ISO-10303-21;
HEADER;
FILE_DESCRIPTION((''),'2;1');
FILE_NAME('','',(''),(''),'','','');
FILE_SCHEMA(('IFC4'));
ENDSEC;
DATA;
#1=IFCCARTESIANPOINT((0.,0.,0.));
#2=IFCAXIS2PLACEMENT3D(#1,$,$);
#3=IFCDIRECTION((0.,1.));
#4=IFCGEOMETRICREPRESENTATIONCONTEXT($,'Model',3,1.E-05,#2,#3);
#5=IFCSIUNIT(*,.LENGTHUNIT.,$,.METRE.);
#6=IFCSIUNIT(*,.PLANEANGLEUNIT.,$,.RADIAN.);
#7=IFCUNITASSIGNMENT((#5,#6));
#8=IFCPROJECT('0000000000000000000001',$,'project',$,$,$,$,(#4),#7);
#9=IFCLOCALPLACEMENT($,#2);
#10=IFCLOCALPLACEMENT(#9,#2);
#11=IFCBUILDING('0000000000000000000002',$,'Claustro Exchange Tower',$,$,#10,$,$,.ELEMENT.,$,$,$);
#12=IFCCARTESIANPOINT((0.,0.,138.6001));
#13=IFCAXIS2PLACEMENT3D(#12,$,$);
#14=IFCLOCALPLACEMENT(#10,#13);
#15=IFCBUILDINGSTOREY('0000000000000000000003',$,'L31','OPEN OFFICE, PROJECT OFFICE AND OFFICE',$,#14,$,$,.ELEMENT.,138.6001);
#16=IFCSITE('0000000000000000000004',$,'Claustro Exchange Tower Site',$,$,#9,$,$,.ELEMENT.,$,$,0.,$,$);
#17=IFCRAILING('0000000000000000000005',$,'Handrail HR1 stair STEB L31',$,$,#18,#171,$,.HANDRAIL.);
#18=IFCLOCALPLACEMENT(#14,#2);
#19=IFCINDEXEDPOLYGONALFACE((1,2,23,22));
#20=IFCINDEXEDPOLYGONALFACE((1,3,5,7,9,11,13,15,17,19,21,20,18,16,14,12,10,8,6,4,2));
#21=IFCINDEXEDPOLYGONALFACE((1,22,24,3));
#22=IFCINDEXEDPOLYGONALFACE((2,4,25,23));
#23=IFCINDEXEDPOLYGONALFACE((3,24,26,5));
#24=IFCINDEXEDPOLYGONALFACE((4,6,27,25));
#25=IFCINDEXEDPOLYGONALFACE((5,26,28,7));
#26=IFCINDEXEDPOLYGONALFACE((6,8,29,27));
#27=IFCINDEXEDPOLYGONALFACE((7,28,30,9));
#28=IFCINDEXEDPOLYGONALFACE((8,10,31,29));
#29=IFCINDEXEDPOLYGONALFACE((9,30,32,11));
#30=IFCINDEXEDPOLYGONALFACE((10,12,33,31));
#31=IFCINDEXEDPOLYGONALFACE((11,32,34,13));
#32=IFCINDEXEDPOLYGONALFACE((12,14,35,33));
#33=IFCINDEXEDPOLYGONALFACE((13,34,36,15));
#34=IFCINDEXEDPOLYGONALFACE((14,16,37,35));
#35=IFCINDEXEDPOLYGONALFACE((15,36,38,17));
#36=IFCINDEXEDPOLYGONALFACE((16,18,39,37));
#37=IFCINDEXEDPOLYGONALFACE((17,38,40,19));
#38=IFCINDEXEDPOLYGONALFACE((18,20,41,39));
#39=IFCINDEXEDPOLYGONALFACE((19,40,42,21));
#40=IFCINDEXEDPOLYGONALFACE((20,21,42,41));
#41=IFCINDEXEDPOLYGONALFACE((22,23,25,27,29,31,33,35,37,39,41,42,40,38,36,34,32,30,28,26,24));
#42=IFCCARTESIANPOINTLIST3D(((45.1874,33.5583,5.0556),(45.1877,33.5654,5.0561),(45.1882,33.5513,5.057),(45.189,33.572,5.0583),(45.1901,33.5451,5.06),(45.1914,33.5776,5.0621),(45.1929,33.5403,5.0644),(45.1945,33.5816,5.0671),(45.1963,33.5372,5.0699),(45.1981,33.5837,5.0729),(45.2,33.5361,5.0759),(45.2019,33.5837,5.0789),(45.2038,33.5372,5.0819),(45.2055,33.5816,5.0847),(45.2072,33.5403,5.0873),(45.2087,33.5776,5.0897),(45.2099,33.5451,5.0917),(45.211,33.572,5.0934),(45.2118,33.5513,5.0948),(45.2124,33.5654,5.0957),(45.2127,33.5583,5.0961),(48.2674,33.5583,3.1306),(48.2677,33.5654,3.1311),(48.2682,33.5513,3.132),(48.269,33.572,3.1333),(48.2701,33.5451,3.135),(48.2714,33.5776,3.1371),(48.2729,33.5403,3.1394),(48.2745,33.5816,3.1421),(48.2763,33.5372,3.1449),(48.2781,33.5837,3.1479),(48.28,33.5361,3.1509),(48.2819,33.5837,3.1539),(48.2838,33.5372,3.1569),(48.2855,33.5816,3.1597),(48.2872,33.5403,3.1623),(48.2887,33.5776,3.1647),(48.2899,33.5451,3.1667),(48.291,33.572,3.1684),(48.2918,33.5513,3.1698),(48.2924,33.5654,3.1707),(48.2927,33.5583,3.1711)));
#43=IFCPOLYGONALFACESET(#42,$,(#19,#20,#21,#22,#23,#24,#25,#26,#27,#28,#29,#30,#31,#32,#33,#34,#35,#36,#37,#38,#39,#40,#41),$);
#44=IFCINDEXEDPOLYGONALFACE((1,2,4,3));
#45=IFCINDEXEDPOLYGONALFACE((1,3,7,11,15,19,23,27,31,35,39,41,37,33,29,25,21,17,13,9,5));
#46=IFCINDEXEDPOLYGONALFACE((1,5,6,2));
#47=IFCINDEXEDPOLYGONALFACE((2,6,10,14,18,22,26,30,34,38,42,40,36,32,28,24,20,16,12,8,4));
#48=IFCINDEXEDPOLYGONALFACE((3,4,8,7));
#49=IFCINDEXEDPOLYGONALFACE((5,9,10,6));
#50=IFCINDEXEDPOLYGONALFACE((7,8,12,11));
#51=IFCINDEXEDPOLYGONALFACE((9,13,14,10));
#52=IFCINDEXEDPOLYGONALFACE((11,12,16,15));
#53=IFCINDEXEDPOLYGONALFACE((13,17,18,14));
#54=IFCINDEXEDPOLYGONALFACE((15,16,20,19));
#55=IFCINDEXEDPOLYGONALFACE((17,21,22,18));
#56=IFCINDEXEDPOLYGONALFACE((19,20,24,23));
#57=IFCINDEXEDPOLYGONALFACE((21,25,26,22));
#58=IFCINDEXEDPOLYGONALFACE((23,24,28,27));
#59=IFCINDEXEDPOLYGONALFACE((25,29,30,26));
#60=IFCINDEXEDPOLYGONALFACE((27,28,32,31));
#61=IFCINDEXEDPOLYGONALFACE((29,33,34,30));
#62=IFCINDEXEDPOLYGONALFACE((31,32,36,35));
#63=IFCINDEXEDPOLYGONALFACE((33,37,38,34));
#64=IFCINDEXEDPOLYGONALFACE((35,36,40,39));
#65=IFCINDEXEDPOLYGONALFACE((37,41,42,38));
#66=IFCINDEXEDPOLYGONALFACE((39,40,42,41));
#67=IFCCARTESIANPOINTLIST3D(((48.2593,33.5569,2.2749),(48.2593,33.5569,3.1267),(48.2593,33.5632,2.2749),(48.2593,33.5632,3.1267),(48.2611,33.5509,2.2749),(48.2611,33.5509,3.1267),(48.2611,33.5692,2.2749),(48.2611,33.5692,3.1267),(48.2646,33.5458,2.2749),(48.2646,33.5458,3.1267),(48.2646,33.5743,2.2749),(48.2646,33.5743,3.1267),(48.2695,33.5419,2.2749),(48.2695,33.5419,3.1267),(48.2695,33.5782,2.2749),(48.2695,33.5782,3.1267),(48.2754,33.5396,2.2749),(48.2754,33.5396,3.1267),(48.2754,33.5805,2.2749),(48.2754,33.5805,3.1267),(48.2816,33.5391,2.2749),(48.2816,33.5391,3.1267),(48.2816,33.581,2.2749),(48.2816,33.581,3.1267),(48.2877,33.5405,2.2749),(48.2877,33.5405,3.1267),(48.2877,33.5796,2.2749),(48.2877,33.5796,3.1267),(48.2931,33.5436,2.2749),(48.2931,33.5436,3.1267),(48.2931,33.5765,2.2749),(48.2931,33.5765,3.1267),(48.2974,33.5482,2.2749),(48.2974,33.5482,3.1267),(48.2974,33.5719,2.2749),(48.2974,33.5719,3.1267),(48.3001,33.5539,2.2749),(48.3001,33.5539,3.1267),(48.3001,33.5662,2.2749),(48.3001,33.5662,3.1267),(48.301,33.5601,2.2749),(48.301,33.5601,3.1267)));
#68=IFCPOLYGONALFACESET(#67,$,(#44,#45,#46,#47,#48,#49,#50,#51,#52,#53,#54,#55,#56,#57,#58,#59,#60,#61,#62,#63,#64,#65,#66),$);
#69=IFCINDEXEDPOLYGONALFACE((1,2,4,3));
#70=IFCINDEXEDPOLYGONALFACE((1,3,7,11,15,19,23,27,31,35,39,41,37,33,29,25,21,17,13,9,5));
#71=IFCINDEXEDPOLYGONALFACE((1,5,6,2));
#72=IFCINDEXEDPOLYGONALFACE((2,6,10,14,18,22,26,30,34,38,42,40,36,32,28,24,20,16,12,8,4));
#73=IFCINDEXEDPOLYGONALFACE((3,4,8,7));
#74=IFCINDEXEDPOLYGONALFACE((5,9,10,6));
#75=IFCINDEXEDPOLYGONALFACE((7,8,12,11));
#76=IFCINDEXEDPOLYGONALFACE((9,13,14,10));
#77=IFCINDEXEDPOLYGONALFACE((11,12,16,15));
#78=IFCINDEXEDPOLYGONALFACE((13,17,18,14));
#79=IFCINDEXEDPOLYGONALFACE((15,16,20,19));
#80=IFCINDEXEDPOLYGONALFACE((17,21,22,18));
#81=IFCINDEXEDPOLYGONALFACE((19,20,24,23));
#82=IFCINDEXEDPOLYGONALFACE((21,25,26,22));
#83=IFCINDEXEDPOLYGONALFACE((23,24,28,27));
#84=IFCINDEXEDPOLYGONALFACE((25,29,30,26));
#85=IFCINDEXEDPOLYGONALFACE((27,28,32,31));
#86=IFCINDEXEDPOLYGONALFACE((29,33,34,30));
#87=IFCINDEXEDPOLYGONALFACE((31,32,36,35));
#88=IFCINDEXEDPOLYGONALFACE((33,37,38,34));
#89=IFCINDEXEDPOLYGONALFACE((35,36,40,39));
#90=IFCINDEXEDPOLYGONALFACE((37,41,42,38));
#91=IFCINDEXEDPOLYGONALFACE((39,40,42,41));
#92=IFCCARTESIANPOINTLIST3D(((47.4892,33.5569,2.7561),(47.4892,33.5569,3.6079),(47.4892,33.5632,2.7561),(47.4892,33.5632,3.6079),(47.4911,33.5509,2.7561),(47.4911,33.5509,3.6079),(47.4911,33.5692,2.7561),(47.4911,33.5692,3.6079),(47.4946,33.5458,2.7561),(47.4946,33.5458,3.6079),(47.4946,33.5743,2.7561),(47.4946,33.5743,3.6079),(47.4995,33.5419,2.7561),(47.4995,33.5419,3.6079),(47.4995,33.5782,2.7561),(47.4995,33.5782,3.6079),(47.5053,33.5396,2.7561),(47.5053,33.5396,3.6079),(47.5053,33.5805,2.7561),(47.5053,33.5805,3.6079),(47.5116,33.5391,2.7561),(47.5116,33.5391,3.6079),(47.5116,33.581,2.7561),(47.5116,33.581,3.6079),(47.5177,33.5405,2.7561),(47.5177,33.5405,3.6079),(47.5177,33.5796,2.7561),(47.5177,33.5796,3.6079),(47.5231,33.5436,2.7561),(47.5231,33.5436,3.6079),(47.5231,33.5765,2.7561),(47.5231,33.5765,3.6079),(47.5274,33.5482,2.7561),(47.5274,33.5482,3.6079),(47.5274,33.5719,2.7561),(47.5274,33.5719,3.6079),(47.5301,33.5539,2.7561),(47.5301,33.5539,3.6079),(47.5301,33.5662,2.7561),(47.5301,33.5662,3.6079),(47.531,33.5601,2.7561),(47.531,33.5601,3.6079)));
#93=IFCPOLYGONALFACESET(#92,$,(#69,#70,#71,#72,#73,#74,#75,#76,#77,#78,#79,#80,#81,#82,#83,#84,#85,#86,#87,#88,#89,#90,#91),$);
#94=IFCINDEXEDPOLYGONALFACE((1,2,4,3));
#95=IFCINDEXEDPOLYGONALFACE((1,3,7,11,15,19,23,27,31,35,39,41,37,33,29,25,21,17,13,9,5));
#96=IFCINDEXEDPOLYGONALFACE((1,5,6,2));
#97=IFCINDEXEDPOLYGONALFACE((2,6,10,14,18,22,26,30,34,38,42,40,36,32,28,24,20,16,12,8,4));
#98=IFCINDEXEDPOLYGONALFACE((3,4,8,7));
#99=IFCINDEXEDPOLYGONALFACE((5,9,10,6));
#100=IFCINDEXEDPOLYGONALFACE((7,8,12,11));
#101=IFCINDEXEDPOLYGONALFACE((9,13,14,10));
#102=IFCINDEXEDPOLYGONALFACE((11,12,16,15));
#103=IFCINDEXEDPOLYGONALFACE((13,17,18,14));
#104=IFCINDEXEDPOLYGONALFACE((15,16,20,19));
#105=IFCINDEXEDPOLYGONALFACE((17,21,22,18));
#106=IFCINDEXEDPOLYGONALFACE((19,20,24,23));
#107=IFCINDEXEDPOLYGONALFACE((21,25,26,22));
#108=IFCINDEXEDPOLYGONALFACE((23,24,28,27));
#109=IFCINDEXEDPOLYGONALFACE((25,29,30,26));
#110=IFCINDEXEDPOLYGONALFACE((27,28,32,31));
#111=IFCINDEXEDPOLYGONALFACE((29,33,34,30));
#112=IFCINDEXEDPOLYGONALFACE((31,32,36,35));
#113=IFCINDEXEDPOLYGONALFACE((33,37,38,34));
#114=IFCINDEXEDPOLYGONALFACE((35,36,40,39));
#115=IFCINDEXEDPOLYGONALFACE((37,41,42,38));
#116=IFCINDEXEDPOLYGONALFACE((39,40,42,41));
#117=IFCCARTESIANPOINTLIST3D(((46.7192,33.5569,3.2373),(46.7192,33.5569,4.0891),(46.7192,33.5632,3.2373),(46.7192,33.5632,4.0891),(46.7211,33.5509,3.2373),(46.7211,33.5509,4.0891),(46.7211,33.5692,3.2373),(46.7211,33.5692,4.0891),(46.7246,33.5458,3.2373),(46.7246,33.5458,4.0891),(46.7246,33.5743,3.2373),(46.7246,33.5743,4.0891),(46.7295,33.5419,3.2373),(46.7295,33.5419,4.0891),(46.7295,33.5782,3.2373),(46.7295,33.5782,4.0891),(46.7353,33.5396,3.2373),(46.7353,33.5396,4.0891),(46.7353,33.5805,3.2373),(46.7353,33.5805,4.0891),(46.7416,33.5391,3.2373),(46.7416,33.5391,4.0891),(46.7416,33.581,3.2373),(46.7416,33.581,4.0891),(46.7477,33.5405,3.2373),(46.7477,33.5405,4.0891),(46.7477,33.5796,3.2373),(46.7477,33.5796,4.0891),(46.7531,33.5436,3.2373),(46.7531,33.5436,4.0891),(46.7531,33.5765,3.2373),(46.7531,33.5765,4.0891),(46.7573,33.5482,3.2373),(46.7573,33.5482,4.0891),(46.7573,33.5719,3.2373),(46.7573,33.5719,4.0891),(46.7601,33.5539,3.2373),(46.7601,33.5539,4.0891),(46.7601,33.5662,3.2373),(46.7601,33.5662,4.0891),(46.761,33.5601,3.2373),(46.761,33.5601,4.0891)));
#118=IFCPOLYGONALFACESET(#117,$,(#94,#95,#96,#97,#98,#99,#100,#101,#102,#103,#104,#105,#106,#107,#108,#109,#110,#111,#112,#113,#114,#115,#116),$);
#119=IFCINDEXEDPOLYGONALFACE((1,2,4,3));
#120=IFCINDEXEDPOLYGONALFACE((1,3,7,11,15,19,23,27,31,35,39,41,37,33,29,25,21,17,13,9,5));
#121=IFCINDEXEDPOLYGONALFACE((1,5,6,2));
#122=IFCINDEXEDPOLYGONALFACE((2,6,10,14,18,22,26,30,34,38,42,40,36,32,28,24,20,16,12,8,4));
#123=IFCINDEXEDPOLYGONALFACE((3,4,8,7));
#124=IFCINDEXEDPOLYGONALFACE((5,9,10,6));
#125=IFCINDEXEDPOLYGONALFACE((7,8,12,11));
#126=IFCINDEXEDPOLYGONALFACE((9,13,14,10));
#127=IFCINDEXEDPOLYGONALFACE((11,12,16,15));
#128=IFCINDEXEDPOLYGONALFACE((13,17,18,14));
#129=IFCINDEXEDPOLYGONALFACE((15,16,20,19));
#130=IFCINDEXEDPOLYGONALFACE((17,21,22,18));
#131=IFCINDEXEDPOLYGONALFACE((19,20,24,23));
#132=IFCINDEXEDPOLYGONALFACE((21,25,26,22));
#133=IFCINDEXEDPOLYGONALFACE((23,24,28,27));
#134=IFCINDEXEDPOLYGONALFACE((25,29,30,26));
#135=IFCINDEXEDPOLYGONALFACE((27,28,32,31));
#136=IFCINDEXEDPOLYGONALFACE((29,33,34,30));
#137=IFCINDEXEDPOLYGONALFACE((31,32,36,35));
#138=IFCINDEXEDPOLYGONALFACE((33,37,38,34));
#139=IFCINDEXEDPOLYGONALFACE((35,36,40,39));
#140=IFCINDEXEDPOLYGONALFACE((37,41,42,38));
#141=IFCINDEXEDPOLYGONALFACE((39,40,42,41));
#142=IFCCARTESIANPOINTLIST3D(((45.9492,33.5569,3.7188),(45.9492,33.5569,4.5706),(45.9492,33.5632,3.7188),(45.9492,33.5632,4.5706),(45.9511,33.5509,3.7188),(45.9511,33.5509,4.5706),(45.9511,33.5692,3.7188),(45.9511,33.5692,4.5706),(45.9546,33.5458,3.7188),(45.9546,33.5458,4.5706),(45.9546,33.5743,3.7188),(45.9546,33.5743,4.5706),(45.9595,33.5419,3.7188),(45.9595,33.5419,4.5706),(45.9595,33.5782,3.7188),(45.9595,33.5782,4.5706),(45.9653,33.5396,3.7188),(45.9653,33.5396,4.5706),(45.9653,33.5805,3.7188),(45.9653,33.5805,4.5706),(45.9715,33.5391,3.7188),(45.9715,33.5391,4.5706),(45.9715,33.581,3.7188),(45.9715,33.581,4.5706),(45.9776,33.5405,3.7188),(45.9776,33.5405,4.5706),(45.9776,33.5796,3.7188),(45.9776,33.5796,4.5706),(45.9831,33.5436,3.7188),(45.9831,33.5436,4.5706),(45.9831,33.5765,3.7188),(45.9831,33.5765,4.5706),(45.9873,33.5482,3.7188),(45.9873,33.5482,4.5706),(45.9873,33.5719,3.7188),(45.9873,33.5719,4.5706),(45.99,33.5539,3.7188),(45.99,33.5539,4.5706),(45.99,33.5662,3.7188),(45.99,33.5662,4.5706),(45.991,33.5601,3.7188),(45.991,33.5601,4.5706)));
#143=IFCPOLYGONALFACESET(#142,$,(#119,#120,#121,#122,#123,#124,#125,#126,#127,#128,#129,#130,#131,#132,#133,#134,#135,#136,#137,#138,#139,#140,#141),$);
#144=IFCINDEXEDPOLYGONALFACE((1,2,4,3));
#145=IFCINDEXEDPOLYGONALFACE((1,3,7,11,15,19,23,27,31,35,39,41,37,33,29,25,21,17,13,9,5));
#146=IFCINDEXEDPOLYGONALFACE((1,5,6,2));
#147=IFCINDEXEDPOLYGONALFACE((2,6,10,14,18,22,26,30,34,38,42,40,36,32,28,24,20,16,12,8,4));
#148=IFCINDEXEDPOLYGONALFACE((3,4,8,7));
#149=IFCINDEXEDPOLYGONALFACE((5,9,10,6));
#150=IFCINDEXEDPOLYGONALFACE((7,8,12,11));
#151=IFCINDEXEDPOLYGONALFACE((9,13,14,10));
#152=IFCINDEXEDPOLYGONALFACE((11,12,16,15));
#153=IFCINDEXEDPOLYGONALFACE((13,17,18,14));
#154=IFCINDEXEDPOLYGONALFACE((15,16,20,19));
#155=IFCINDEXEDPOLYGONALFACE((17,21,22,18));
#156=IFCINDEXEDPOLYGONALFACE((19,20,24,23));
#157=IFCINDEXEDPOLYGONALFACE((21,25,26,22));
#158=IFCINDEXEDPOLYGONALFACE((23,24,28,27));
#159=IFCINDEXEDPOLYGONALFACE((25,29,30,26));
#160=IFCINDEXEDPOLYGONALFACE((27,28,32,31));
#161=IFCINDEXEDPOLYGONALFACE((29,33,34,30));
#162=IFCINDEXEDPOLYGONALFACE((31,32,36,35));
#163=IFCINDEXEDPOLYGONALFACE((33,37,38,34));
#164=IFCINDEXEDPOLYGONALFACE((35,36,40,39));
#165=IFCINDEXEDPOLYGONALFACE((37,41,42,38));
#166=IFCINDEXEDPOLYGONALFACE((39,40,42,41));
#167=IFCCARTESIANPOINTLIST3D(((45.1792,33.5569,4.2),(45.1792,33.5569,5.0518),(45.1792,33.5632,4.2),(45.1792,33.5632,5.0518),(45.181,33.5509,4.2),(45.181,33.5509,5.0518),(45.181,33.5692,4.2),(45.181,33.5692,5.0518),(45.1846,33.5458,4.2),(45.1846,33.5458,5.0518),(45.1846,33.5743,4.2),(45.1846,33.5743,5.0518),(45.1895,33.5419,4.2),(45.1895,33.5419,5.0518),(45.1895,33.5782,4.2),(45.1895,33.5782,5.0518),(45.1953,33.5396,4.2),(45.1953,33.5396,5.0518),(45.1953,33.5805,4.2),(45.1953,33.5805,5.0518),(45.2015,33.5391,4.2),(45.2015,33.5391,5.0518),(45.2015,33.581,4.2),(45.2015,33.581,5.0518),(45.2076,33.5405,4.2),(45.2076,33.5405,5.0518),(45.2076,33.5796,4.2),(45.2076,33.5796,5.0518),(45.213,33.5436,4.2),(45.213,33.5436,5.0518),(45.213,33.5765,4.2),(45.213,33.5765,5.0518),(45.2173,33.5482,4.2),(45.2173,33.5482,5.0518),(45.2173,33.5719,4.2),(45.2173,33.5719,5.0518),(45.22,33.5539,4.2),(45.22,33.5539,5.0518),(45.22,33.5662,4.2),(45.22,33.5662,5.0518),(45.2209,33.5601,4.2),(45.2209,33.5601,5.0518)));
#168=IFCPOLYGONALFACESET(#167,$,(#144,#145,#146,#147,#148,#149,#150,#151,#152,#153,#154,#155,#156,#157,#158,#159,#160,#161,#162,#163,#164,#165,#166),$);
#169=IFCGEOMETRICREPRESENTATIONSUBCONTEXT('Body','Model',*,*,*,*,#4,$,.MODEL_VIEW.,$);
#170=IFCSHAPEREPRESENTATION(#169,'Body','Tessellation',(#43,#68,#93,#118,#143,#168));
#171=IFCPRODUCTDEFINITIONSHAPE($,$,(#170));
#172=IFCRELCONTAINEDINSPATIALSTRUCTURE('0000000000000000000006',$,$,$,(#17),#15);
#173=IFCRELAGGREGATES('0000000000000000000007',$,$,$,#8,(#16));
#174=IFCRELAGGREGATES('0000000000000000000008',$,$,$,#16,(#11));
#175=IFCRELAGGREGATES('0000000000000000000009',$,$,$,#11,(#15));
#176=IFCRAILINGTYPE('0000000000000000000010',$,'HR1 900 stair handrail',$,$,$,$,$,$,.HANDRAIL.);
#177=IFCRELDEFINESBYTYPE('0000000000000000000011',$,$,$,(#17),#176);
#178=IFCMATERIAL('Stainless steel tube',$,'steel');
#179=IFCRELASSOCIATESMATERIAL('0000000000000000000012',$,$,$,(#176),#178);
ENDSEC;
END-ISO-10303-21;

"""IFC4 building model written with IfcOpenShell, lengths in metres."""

from ifc_helpers import new_model, si_unit, direction, frame, origin, origin_2d, place, context, subcontext, project, spatial, circle, extrude, material, type_object, element, save


model = new_model("IFC4")

# Units and contexts
model_context = context("Model", 3, precision=1e-05, world=origin(), true_north=direction((0.0, 1.0)))
body_context = subcontext(model_context, "Body", "Model", "MODEL_VIEW")
ifc_project = project(units=[si_unit("LENGTHUNIT", "METRE"), si_unit("PLANEANGLEUNIT", "RADIAN")], contexts=[model_context])

# Site, building, storey
site_placement = place(None, origin())
site = spatial("IfcSite", under=ifc_project, at=site_placement, Name="Claustro Exchange Tower Site", CompositionType="ELEMENT", RefElevation=0.0)
building_placement = place(site_placement, origin())
building = spatial("IfcBuilding", under=site, at=building_placement, Name="Claustro Exchange Tower", CompositionType="ELEMENT")
storey_placement = place(building_placement, frame((0.0, 0.0, 138.6001)))
storey = spatial("IfcBuildingStorey", under=building, at=storey_placement, Name="L31", Description="OPEN OFFICE, PROJECT OFFICE AND OFFICE", CompositionType="ELEMENT", Elevation=138.6001)

# Railing
ifc_material_1 = material(Name="Stainless steel tube", Category="steel")
railing_type_1 = type_object("IfcRailingType", Name="HR1 900 stair handrail", PredefinedType="HANDRAIL", material=ifc_material_1)
railing_1_placement = place(storey_placement, frame((48.28, 33.5601, 2.2749)))
element("IfcRailing", 1, at=railing_1_placement, inside=storey, type_object=railing_type_1, Name="Handrail HR1 stair STEB L31", PredefinedType="HANDRAIL", context=body_context, shape_type="SweptSolid", body=[
    extrude(circle(Radius=0.0239, at=origin_2d()), frame((0.0, 0.0, 0.876), z_axis=(-0.847998, 0.0, 0.529999), x_axis=(0.0, -1.0, 0.0)), (0.0, 0.0, 1.0), 3.6321),
    extrude(circle(Radius=0.021, at=origin_2d()), origin(), (0.0, 0.0, 1.0), 0.8518),
    extrude(circle(Radius=0.021, at=origin_2d()), frame((-0.77, 0.0, 0.4812)), (0.0, 0.0, 1.0), 0.8518),
    extrude(circle(Radius=0.021, at=origin_2d()), frame((-1.54, 0.0, 0.9624)), (0.0, 0.0, 1.0), 0.8518),
    extrude(circle(Radius=0.021, at=origin_2d()), frame((-2.3101, 0.0, 1.4438)), (0.0, 0.0, 1.0), 0.8518),
    extrude(circle(Radius=0.021, at=origin_2d()), frame((-3.0801, 0.0, 1.925)), (0.0, 0.0, 1.0), 0.8518),
])

save(model, "model.ifc")
